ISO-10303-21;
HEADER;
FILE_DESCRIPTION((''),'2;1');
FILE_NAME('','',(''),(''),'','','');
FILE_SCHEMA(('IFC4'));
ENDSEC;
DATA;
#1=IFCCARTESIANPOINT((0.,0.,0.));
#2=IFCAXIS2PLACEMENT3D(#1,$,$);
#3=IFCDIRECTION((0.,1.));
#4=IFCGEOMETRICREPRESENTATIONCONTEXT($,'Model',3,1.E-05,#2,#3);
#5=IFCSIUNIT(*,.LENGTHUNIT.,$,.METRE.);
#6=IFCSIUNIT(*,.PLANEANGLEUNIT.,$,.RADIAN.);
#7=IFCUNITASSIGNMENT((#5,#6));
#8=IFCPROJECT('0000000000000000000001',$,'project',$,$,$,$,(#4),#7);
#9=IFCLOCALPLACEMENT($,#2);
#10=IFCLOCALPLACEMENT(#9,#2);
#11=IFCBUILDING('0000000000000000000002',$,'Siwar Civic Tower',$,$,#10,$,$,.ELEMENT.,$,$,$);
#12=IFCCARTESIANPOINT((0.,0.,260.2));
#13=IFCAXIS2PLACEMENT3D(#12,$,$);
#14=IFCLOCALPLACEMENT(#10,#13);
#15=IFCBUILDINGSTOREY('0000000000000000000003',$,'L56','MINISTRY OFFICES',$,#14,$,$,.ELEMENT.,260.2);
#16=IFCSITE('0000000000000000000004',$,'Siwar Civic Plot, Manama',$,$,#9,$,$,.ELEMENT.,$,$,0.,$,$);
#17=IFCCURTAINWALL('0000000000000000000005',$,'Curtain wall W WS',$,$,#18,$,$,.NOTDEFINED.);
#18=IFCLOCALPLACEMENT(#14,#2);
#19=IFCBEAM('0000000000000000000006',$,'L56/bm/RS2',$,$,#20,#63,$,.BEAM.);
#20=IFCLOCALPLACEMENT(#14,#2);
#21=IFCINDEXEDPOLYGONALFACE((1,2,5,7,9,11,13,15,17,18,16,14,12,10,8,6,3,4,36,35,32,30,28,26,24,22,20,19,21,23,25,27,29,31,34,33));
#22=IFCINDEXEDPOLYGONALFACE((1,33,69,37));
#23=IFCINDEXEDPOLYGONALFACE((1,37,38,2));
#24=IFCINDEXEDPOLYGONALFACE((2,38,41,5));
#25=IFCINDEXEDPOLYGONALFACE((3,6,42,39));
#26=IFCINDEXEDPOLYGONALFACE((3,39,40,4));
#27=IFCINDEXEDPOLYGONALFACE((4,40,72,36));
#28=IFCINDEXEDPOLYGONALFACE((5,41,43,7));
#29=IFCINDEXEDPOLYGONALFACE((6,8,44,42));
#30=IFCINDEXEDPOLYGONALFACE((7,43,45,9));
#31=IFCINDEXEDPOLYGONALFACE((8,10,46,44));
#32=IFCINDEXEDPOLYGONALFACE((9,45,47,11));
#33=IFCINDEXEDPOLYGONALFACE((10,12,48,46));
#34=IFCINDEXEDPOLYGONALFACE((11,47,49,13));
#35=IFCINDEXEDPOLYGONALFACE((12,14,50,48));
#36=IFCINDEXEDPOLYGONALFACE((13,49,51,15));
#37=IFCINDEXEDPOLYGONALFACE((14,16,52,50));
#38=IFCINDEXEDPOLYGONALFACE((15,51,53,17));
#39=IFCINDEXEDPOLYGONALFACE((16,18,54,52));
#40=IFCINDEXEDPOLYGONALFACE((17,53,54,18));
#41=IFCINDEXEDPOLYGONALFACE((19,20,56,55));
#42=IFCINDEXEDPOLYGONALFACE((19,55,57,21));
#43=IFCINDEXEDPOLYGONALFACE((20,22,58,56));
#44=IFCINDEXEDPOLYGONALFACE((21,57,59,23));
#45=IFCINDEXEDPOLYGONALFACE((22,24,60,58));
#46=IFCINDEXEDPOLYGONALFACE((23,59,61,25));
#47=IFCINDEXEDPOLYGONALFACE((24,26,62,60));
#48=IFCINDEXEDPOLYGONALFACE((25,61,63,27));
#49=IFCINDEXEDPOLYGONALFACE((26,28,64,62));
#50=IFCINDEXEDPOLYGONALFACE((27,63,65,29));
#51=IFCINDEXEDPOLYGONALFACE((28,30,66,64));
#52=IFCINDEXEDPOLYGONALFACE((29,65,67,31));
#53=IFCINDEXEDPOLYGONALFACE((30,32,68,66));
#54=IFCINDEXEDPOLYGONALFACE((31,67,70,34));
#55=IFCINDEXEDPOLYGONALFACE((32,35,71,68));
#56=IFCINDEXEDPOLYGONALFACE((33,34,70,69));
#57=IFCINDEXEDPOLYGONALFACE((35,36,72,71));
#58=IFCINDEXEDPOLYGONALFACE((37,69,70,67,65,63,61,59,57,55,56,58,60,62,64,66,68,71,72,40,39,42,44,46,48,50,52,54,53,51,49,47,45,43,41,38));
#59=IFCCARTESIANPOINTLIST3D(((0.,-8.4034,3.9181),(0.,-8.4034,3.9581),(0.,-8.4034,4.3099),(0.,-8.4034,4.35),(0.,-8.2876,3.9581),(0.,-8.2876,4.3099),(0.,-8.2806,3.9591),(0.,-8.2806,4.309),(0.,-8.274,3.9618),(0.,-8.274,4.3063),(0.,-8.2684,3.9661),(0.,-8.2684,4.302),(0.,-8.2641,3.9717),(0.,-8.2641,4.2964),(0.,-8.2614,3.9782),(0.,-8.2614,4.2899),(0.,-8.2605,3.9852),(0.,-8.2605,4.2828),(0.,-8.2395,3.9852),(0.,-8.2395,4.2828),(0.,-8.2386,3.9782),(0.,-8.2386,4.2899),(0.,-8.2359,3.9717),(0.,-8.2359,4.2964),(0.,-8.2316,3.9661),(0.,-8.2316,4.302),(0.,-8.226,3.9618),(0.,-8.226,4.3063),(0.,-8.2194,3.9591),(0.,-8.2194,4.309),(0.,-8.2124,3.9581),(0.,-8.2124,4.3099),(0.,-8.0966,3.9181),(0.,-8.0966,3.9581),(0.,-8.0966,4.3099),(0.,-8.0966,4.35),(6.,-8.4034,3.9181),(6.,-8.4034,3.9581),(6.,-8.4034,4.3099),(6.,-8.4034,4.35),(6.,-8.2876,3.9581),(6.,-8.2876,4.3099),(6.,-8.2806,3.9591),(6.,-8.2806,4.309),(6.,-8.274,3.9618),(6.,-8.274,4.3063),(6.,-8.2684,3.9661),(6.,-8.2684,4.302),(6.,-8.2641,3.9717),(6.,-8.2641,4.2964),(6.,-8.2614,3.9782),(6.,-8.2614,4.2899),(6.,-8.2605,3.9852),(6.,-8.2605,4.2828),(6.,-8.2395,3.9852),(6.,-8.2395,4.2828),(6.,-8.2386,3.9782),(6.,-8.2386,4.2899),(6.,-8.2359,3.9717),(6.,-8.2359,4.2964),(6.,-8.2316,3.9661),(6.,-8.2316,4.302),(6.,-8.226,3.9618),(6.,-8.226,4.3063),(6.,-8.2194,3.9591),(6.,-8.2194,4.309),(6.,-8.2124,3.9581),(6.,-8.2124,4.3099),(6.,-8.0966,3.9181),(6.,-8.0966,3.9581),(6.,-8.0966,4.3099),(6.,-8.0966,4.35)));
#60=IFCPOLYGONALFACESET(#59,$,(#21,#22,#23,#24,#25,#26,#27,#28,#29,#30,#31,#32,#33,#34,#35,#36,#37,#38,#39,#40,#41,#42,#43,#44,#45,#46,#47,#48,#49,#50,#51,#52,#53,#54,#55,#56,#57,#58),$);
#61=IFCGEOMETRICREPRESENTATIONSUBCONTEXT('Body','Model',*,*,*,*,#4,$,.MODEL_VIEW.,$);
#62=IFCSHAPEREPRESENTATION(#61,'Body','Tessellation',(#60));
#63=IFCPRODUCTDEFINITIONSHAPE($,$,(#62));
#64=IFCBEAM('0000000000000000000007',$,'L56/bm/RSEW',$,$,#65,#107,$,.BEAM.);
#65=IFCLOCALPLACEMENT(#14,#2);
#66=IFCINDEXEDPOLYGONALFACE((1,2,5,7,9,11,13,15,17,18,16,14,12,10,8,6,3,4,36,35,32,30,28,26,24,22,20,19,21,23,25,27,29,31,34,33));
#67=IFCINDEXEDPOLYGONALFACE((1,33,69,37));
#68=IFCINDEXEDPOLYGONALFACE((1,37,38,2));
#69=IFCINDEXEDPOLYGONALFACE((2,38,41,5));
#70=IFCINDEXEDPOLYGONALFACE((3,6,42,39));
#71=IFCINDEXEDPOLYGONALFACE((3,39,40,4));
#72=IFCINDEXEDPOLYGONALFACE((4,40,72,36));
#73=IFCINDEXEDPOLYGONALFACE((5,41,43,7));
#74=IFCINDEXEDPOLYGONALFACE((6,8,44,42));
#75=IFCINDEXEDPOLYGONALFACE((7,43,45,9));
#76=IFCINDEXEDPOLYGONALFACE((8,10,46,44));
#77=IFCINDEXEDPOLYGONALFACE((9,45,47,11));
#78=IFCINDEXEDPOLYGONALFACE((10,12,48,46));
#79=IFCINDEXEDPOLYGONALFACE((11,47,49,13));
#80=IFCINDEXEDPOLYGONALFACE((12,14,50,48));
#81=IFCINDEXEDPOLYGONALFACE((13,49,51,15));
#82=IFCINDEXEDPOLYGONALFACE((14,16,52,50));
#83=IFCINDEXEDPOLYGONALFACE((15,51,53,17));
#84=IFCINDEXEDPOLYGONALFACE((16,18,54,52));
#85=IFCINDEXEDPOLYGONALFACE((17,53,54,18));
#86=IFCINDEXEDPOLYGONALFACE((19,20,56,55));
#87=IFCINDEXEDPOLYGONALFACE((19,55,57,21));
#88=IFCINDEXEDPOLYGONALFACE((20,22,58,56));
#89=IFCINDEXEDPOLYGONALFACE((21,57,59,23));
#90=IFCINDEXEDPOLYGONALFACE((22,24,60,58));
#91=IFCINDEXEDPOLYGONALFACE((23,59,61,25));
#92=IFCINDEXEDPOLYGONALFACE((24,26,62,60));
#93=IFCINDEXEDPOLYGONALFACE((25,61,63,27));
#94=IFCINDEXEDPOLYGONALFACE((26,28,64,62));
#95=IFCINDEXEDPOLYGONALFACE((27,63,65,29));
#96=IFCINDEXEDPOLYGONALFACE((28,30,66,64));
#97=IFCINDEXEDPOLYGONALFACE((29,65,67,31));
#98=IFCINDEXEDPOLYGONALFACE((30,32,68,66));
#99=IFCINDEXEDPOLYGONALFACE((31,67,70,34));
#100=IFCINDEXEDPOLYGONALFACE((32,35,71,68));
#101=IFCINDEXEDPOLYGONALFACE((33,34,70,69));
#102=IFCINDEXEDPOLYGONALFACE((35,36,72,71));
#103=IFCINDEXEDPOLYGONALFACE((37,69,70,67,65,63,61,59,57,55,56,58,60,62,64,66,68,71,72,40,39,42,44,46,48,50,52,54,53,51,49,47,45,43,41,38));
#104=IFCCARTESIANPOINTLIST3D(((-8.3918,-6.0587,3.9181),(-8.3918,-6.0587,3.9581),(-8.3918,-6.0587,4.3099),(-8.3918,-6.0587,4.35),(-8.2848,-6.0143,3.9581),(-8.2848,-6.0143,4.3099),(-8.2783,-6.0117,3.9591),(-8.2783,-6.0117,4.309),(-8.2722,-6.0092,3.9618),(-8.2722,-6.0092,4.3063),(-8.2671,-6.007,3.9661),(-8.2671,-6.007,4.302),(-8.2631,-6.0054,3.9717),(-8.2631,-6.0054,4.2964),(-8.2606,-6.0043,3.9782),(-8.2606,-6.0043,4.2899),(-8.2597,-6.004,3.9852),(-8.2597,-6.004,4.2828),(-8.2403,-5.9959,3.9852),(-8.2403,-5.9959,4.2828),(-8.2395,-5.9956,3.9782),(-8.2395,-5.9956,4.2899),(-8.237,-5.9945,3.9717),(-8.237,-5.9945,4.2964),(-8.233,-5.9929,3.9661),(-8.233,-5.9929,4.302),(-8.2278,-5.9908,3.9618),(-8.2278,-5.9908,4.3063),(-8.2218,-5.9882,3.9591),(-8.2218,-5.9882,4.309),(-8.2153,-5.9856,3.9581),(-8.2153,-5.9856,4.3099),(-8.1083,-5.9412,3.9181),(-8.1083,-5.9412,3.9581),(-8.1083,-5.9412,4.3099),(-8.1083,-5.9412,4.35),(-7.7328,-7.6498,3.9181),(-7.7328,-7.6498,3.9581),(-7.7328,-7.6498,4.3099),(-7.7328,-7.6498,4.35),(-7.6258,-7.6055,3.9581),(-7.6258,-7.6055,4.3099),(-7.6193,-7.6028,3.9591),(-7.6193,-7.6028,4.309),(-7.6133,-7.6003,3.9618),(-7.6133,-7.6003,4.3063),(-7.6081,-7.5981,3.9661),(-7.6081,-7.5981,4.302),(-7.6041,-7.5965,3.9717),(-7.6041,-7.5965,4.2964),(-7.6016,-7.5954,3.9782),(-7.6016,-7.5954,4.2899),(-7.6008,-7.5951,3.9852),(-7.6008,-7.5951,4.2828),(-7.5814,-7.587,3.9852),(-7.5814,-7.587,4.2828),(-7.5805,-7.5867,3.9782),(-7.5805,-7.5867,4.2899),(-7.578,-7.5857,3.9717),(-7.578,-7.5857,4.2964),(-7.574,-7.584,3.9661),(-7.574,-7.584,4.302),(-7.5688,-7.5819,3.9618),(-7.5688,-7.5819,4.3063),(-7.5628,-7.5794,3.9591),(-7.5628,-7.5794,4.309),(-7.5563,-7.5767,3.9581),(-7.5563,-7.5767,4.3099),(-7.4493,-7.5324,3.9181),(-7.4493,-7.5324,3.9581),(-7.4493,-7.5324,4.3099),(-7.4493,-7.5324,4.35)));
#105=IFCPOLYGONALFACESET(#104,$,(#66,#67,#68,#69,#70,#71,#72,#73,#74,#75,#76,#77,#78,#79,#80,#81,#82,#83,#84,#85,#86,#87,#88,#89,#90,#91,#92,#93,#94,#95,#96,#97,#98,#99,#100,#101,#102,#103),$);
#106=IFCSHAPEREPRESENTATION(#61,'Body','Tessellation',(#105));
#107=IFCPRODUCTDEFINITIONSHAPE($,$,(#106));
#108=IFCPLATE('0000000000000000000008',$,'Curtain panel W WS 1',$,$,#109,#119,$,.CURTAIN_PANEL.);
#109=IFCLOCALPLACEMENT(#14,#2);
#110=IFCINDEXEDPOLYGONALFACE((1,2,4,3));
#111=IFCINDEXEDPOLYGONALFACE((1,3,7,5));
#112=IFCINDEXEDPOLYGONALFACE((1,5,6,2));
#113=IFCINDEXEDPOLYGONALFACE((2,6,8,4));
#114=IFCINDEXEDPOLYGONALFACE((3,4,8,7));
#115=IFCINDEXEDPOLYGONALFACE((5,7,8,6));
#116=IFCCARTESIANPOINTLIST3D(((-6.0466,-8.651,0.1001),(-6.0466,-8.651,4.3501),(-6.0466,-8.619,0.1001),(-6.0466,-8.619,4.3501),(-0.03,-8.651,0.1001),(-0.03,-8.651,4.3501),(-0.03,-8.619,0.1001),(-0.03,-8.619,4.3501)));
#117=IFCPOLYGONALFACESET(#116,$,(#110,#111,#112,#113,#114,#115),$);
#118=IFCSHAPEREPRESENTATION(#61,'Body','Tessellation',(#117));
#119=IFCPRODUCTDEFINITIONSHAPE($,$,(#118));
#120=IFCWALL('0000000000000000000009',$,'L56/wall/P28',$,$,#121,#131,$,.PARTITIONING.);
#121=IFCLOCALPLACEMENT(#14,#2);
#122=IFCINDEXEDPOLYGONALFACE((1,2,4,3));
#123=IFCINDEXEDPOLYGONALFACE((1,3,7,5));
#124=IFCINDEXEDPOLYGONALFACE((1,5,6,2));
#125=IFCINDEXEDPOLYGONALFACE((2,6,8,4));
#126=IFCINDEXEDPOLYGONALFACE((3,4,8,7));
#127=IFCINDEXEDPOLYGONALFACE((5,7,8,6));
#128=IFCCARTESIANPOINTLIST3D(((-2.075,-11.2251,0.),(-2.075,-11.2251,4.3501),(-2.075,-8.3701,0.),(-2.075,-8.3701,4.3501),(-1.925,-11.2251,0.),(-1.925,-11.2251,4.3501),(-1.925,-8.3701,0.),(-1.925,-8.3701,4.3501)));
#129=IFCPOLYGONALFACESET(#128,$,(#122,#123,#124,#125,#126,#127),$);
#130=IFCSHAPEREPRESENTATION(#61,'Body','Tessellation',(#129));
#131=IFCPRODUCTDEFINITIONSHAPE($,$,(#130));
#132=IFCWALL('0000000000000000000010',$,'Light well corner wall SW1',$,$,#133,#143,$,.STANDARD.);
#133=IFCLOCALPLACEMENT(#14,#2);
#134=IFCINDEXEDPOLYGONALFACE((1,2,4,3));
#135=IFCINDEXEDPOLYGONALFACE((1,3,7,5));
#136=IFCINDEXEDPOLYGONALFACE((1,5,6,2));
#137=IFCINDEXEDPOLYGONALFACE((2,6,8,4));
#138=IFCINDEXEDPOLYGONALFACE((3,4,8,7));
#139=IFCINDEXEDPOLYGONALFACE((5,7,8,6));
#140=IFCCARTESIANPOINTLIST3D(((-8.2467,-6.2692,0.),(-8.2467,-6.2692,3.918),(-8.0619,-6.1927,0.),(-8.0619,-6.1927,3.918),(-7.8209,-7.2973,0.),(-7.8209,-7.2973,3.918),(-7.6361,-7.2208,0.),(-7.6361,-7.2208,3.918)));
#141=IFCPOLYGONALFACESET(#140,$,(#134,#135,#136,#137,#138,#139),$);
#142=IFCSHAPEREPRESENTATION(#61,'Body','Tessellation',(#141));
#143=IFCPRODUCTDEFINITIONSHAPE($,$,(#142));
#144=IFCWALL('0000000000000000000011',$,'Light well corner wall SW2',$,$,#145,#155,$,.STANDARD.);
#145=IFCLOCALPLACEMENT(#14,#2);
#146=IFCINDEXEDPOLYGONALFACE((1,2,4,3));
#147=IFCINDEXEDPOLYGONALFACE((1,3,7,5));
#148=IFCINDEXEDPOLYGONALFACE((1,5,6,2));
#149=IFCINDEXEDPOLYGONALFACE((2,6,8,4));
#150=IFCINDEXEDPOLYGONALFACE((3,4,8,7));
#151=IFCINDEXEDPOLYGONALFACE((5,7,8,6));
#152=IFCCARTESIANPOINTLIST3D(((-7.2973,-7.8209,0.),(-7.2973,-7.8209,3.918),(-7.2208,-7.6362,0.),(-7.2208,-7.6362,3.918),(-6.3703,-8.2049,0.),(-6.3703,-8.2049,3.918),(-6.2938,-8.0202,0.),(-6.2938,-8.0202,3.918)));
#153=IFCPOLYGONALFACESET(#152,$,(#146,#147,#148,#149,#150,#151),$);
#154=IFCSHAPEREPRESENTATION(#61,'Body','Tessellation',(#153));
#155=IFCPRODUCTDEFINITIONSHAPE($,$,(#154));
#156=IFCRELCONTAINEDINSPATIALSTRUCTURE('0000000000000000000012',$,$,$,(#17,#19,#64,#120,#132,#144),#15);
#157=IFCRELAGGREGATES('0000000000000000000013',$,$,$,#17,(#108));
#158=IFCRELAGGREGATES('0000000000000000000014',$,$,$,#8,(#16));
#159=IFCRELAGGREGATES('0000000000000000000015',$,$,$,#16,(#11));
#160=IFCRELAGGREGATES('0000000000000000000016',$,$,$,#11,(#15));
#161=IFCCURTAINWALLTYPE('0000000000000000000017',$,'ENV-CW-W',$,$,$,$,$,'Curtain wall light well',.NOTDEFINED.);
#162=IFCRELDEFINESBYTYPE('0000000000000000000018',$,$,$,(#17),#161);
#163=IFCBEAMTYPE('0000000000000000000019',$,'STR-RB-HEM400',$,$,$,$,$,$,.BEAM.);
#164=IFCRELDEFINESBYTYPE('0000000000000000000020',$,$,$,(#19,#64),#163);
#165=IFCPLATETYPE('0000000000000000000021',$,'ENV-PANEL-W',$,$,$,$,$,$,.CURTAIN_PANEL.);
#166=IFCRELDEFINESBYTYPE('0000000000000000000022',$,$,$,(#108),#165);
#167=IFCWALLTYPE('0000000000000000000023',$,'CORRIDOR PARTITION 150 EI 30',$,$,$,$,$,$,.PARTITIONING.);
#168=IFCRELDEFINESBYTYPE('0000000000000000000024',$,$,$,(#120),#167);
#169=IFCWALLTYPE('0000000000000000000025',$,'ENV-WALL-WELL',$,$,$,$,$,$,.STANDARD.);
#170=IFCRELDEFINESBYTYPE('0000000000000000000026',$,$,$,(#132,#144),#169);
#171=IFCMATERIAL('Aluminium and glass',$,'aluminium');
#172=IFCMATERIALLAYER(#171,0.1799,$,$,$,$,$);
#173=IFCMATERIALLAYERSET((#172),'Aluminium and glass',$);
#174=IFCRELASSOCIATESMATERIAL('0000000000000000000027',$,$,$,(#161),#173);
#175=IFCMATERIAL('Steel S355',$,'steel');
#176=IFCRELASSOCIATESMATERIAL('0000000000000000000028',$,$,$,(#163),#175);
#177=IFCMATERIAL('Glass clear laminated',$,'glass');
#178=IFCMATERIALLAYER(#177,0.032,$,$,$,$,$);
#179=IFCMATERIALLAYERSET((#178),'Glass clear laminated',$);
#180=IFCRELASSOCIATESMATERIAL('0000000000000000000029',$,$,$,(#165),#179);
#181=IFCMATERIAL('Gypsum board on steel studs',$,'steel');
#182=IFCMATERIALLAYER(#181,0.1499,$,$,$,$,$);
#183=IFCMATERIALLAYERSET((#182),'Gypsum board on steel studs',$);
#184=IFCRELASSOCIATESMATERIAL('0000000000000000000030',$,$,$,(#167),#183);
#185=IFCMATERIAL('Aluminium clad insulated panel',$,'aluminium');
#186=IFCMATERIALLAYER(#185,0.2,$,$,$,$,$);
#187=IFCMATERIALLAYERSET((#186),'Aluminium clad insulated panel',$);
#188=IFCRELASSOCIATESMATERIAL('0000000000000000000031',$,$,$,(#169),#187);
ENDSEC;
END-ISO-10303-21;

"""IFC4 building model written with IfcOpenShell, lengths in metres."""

from ifc_helpers import new_model, si_unit, direction, frame, frame_2d, origin, origin_2d, place, context, subcontext, project, spatial, rectangle, i_section, extrude, material, layer, layer_set, material_profile, profile_set, type_object, element, aggregate, save


model = new_model("IFC4")

# Units and contexts
model_context = context("Model", 3, precision=1e-05, world=origin(), true_north=direction((0.0, 1.0)))
body_context = subcontext(model_context, "Body", "Model", "MODEL_VIEW")
ifc_project = project(units=[si_unit("LENGTHUNIT", "METRE"), si_unit("PLANEANGLEUNIT", "RADIAN")], contexts=[model_context])

# Site, building, storey
site_placement = place(None, origin())
site = spatial("IfcSite", under=ifc_project, at=site_placement, Name="Siwar Civic Plot, Manama", CompositionType="ELEMENT", RefElevation=0.0)
building_placement = place(site_placement, origin())
building = spatial("IfcBuilding", under=site, at=building_placement, Name="Siwar Civic Tower", CompositionType="ELEMENT")
storey_placement = place(building_placement, frame((0.0, 0.0, 260.2)))
storey = spatial("IfcBuildingStorey", under=building, at=storey_placement, Name="L56", Description="MINISTRY OFFICES", CompositionType="ELEMENT", Elevation=260.2)

# Curtain wall
ifc_material_1 = material(Name="Aluminium and glass", Category="aluminium")
ifc_layer_1 = layer(ifc_material_1, 0.1799)
ifc_layer_set_1 = layer_set([ifc_layer_1], Name="Aluminium and glass")
curtain_wall_type = type_object("IfcCurtainWallType", Name="ENV-CW-W", ElementType="Curtain wall light well", PredefinedType="NOTDEFINED", material=ifc_layer_set_1)
curtain_wall_placement = place(storey_placement, origin())
curtain_wall = element("IfcCurtainWall", 1, at=curtain_wall_placement, inside=storey, type_object=curtain_wall_type, Name="Curtain wall W WS", PredefinedType="NOTDEFINED")

# Beams
ifc_material_2 = material(Name="Steel S355", Category="steel")
ifc_material_profile_1 = material_profile(ifc_material_2, i_section(OverallWidth=0.3069, OverallDepth=0.4319, WebThickness=0.021, FlangeThickness=0.04, FilletRadius=0.0271, at=origin_2d()), Name="HEM400")
ifc_profile_set_1 = profile_set([ifc_material_profile_1], Name="Steel S355")
beam_type = type_object("IfcBeamType", Name="STR-RB-HEM400", PredefinedType="BEAM", material=ifc_profile_set_1)
for number, where, z_axis, x_axis, name in (
    (2, (0.0, -8.25, 4.134), (1.0, 0.0, 0.0), (0.0, 1.0, 0.0), "L56/bm/RS2"),
):
    element("IfcBeam", number, at=place(storey_placement, frame(where, z_axis=z_axis, x_axis=x_axis)), inside=storey, type_object=beam_type, Name=name, PredefinedType="BEAM", context=body_context, shape_type="SweptSolid", body=[
        extrude(i_section(OverallWidth=0.3069, OverallDepth=0.4319, WebThickness=0.021, FlangeThickness=0.04, FilletRadius=0.0271, at=origin_2d()), origin(), (0.0, 0.0, 1.0), 6.0),
    ])
beam_1_placement = place(storey_placement, frame((-7.5911, -7.5911, 4.134), z_axis=(-0.382631, 0.923901, 0.0), x_axis=(-0.923901, -0.382631, 0.0)))
element("IfcBeam", 3, at=beam_1_placement, inside=storey, type_object=beam_type, Name="L56/bm/RSEW", PredefinedType="BEAM", context=body_context, shape_type="SweptSolid", body=[
    extrude(i_section(OverallWidth=0.3069, OverallDepth=0.4319, WebThickness=0.021, FlangeThickness=0.04, FilletRadius=0.0271, at=origin_2d()), origin(), (0.0, 0.0, 1.0), 1.7222),
])

# Plate
ifc_material_3 = material(Name="Glass clear laminated", Category="glass")
ifc_layer_2 = layer(ifc_material_3, 0.032)
ifc_layer_set_2 = layer_set([ifc_layer_2], Name="Glass clear laminated")
plate_type = type_object("IfcPlateType", Name="ENV-PANEL-W", PredefinedType="CURTAIN_PANEL", material=ifc_layer_set_2)
plate_placement = place(storey_placement, frame((-3.0383, -8.635, 0.1001), z_axis=(0.0, 0.0, 1.0), x_axis=(1.0, 0.0, 0.0)))
plate = element("IfcPlate", 4, at=plate_placement, type_object=plate_type, Name="Curtain panel W WS 1", PredefinedType="CURTAIN_PANEL", context=body_context, shape_type="SweptSolid", body=[
    extrude(rectangle(XDim=6.0166, YDim=0.032, at=origin_2d()), origin(), (0.0, 0.0, 1.0), 4.25),
])
aggregate(curtain_wall, [plate])

# Walls
ifc_material_4 = material(Name="Gypsum board on steel studs", Category="steel")
ifc_layer_3 = layer(ifc_material_4, 0.1499)
ifc_layer_set_3 = layer_set([ifc_layer_3], Name="Gypsum board on steel studs")
wall_type_1 = type_object("IfcWallType", Name="CORRIDOR PARTITION 150 EI 30", PredefinedType="PARTITIONING", material=ifc_layer_set_3)
wall_1_placement = place(storey_placement, frame((-2.0, -11.2251, 0.0), z_axis=(0.0, 0.0, 1.0), x_axis=(0.0, 1.0, 0.0)))
element("IfcWall", 5, at=wall_1_placement, inside=storey, type_object=wall_type_1, Name="L56/wall/P28", PredefinedType="PARTITIONING", context=body_context, shape_type="SweptSolid", body=[
    extrude(rectangle(XDim=2.855, YDim=0.1499, at=frame_2d((1.4275, 0.0))), origin(), (0.0, 0.0, 1.0), 4.3501),
])
ifc_material_5 = material(Name="Aluminium clad insulated panel", Category="aluminium")
ifc_layer_4 = layer(ifc_material_5, 0.2)
ifc_layer_set_4 = layer_set([ifc_layer_4], Name="Aluminium clad insulated panel")
wall_type_2 = type_object("IfcWallType", Name="ENV-WALL-WELL", PredefinedType="STANDARD", material=ifc_layer_set_4)
wall_2_placement = place(storey_placement, frame((-8.1543, -6.231, 0.0), z_axis=(0.0, 0.0, 1.0), x_axis=(0.382636, -0.923899, 0.0)))
element("IfcWall", 6, at=wall_2_placement, inside=storey, type_object=wall_type_2, Name="Light well corner wall SW1", PredefinedType="STANDARD", context=body_context, shape_type="SweptSolid", body=[
    extrude(rectangle(XDim=1.1128, YDim=0.2, at=frame_2d((0.5564, 0.0))), origin(), (0.0, 0.0, 1.0), 3.918),
])
wall_3_placement = place(storey_placement, frame((-7.259, -7.7285, 0.0), z_axis=(0.0, 0.0, 1.0), x_axis=(0.92386, -0.382731, 0.0)))
element("IfcWall", 7, at=wall_3_placement, inside=storey, type_object=wall_type_2, Name="Light well corner wall SW2", PredefinedType="STANDARD", context=body_context, shape_type="SweptSolid", body=[
    extrude(rectangle(XDim=1.0034, YDim=0.2, at=frame_2d((0.5017, 0.0))), origin(), (0.0, 0.0, 1.0), 3.918),
])

save(model, "model.ifc")
